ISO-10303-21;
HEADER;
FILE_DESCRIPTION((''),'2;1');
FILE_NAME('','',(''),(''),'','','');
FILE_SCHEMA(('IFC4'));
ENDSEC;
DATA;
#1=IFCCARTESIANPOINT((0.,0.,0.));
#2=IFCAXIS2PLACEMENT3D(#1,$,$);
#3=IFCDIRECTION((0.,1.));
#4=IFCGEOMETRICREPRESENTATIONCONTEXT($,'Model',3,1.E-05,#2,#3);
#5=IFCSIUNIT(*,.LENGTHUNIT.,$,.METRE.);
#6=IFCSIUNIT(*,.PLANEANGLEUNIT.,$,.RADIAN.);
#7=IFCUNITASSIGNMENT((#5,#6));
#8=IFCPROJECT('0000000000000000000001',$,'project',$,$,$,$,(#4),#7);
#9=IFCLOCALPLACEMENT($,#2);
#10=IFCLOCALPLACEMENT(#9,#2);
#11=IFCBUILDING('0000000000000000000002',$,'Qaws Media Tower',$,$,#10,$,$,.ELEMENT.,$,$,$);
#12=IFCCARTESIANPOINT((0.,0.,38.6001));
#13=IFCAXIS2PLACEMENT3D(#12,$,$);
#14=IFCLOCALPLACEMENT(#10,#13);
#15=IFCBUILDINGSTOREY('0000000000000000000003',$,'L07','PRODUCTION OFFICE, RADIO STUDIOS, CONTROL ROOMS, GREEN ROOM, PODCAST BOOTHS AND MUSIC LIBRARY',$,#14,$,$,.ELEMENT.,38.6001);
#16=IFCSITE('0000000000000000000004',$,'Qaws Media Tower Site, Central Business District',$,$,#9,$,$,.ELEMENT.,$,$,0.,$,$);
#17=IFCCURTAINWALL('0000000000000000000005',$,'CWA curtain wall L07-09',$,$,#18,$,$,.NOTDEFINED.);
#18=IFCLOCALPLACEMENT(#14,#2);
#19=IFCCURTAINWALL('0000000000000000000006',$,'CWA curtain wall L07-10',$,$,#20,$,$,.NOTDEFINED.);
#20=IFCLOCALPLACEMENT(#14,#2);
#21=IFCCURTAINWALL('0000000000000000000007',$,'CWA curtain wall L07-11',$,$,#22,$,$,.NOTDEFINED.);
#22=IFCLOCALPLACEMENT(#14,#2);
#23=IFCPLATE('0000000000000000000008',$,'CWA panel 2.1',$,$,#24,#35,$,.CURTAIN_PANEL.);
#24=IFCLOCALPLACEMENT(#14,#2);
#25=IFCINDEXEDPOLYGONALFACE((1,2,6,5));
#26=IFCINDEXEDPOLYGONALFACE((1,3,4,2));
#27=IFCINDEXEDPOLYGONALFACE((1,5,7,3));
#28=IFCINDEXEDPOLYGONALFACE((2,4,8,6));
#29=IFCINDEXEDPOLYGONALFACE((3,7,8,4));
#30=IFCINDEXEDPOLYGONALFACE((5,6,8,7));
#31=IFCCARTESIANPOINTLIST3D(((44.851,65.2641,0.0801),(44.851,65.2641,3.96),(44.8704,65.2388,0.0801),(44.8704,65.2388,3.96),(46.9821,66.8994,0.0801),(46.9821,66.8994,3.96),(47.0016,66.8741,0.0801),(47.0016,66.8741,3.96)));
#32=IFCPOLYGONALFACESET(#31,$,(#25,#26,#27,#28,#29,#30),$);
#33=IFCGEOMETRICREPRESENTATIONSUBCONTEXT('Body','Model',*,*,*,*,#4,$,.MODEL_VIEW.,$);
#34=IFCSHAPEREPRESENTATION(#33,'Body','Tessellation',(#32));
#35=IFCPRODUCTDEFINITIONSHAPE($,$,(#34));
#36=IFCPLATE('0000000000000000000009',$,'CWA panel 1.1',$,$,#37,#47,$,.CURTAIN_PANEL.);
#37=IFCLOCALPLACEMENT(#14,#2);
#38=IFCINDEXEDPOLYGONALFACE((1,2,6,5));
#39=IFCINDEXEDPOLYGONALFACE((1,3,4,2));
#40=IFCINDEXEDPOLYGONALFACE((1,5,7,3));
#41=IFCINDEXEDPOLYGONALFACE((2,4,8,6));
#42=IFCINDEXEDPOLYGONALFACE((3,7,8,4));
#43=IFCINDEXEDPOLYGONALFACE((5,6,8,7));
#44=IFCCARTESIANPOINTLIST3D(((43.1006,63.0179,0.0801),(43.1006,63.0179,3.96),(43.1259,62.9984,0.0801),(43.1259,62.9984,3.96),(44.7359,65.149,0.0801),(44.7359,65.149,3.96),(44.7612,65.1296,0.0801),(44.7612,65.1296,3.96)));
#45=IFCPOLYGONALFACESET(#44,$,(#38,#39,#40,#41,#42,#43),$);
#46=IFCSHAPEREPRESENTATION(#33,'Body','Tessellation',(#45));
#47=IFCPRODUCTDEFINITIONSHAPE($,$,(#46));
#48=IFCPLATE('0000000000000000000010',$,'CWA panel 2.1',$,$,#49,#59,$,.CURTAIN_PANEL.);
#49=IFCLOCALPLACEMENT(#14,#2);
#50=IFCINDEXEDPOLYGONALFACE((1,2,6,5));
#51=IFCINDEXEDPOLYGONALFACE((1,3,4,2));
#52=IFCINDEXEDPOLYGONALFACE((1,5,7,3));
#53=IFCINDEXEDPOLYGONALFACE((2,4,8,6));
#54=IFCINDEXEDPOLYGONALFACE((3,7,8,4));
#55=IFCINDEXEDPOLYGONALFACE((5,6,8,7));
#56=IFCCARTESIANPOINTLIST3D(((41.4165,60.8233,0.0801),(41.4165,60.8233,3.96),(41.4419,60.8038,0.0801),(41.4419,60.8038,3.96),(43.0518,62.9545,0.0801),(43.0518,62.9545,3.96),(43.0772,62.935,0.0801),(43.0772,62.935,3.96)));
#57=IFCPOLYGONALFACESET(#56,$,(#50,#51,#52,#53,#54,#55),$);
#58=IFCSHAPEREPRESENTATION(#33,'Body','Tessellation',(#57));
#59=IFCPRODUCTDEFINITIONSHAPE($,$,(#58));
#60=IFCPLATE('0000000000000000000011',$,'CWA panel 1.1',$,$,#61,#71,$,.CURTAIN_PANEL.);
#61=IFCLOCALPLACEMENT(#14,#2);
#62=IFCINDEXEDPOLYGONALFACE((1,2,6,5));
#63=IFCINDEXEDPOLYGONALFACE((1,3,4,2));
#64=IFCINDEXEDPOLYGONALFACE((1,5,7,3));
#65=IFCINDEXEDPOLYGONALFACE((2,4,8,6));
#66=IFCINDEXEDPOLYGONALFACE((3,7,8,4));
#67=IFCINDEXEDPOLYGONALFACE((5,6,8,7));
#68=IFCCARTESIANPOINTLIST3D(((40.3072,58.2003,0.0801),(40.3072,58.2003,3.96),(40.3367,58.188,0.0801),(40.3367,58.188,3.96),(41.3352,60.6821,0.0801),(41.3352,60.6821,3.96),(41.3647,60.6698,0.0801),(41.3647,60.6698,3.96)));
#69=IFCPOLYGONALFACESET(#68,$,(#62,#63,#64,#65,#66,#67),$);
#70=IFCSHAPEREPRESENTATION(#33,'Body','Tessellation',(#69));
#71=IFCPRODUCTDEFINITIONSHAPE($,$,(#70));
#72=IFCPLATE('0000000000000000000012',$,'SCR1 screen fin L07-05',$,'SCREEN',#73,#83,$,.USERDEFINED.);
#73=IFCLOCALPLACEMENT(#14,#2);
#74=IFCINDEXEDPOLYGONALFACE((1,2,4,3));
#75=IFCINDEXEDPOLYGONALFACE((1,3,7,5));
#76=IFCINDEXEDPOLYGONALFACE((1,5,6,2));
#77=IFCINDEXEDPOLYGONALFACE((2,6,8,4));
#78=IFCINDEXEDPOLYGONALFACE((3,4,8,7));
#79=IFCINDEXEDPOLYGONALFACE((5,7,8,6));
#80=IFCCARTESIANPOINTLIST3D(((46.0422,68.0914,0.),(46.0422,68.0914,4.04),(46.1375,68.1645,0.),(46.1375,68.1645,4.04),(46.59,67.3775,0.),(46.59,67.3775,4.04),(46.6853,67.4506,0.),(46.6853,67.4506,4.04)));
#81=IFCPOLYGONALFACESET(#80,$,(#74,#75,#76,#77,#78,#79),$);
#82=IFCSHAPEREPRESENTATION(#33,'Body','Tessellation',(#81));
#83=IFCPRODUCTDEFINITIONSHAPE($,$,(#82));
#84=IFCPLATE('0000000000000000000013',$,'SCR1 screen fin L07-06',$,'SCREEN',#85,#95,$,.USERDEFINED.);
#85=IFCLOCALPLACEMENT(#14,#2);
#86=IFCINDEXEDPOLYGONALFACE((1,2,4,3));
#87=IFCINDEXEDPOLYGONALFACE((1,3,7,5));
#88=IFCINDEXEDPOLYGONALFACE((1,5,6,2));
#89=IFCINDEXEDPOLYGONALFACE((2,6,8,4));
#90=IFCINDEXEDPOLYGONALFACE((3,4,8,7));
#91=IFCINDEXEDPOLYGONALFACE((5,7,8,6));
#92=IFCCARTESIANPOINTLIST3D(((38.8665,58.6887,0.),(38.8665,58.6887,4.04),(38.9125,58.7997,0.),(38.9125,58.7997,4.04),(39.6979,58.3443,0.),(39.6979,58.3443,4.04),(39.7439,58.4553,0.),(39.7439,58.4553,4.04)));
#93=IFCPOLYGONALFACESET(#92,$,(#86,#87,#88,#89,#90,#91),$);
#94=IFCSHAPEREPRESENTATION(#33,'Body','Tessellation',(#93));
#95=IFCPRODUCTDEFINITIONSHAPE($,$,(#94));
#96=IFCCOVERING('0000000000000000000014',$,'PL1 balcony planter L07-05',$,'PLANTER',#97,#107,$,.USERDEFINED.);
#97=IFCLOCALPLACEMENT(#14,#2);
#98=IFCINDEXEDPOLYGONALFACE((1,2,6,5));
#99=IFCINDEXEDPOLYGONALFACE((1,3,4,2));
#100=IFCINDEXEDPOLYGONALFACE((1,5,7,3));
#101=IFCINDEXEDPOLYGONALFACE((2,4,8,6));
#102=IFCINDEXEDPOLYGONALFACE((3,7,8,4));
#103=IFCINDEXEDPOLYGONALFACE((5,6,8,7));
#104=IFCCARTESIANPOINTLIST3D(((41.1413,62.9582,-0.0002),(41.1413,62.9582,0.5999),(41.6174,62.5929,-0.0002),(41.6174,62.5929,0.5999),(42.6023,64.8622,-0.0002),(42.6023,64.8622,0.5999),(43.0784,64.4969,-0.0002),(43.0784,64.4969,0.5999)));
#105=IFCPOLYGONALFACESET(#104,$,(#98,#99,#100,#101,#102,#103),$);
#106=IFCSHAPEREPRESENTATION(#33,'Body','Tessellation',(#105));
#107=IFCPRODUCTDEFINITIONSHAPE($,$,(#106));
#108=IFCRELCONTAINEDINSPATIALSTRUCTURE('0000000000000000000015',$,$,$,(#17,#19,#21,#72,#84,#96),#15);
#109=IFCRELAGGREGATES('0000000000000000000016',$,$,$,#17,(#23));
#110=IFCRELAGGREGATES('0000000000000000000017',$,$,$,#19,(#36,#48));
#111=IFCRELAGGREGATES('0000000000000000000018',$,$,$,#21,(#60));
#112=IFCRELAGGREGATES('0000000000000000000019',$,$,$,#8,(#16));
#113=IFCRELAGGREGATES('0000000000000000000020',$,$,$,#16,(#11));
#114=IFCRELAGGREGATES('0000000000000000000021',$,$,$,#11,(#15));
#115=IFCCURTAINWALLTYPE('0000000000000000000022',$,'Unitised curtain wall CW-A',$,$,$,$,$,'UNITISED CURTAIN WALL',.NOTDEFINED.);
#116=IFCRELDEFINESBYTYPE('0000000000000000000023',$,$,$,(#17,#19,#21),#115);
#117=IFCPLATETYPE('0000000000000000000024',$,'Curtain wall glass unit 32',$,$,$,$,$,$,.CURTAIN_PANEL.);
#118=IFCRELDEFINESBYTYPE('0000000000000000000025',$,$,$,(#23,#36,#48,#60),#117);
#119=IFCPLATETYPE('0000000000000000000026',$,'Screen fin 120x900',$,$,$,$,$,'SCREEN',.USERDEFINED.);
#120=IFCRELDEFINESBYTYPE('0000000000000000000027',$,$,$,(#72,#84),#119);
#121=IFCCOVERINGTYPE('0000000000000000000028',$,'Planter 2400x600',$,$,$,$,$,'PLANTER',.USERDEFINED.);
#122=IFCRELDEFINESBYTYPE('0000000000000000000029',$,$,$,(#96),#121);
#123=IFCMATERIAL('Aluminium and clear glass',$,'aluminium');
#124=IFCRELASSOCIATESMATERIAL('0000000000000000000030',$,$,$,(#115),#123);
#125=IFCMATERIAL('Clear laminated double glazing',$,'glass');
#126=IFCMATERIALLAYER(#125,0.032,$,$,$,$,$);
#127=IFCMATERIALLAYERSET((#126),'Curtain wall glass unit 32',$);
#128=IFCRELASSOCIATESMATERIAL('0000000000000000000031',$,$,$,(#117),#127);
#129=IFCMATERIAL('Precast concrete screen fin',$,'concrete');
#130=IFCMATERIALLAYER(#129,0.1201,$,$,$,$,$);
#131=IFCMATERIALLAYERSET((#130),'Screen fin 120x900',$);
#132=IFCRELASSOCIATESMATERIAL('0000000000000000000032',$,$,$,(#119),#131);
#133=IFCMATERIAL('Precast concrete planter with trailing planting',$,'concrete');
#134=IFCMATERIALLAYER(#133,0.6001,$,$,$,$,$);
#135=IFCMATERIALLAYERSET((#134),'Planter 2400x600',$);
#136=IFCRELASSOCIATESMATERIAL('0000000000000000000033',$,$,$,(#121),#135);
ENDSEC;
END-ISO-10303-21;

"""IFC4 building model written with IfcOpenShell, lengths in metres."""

from ifc_helpers import new_model, si_unit, direction, frame, origin, origin_2d, place, context, subcontext, project, spatial, rectangle, extrude, material, layer, layer_set, type_object, element, aggregate, save


model = new_model("IFC4")

# Units and contexts
model_context = context("Model", 3, precision=1e-05, world=origin(), true_north=direction((0.0, 1.0)))
body_context = subcontext(model_context, "Body", "Model", "MODEL_VIEW")
ifc_project = project(units=[si_unit("LENGTHUNIT", "METRE"), si_unit("PLANEANGLEUNIT", "RADIAN")], contexts=[model_context])

# Site, building, storey
site_placement = place(None, origin())
site = spatial("IfcSite", under=ifc_project, at=site_placement, Name="Qaws Media Tower Site, Central Business District", CompositionType="ELEMENT", RefElevation=0.0)
building_placement = place(site_placement, origin())
building = spatial("IfcBuilding", under=site, at=building_placement, Name="Qaws Media Tower", CompositionType="ELEMENT")
storey_placement = place(building_placement, frame((0.0, 0.0, 38.6001)))
storey = spatial("IfcBuildingStorey", under=building, at=storey_placement, Name="L07", Description="PRODUCTION OFFICE, RADIO STUDIOS, CONTROL ROOMS, GREEN ROOM, PODCAST BOOTHS AND MUSIC LIBRARY", CompositionType="ELEMENT", Elevation=38.6001)

# Curtain wall
ifc_material_1 = material(Name="Aluminium and clear glass", Category="aluminium")
curtain_wall_type = type_object("IfcCurtainWallType", Name="Unitised curtain wall CW-A", ElementType="UNITISED CURTAIN WALL", PredefinedType="NOTDEFINED", material=ifc_material_1)
curtain_wall_1_placement = place(storey_placement, origin())
curtain_wall_1 = element("IfcCurtainWall", 1, at=curtain_wall_1_placement, inside=storey, type_object=curtain_wall_type, Name="CWA curtain wall L07-09", PredefinedType="NOTDEFINED")

# Curtain walls
curtain_wall_2_placement = place(storey_placement, origin())
curtain_wall_2 = element("IfcCurtainWall", 2, at=curtain_wall_2_placement, inside=storey, type_object=curtain_wall_type, Name="CWA curtain wall L07-10", PredefinedType="NOTDEFINED")
curtain_wall_3_placement = place(storey_placement, origin())
curtain_wall_3 = element("IfcCurtainWall", 3, at=curtain_wall_3_placement, inside=storey, type_object=curtain_wall_type, Name="CWA curtain wall L07-11", PredefinedType="NOTDEFINED")

# Plates
ifc_material_2 = material(Name="Clear laminated double glazing", Category="glass")
ifc_layer_1 = layer(ifc_material_2, 0.032)
ifc_layer_set_1 = layer_set([ifc_layer_1], Name="Curtain wall glass unit 32")
plate_type_1 = type_object("IfcPlateType", Name="Curtain wall glass unit 32", PredefinedType="CURTAIN_PANEL", material=ifc_layer_set_1)
plate_1_placement = place(storey_placement, frame((45.9263, 66.0691, 0.0801), z_axis=(0.0, 0.0, 1.0), x_axis=(-0.793353, -0.608761, 0.0)))
plate_1 = element("IfcPlate", 4, at=plate_1_placement, type_object=plate_type_1, Name="CWA panel 2.1", PredefinedType="CURTAIN_PANEL", context=body_context, shape_type="SweptSolid", body=[
    extrude(rectangle(XDim=2.6863, YDim=0.032, at=origin_2d()), origin(), (0.0, 0.0, 1.0), 3.8799),
])
aggregate(curtain_wall_1, [plate_1])
plate_2_placement = place(storey_placement, frame((43.9309, 64.0737, 0.0801), z_axis=(0.0, 0.0, 1.0), x_axis=(-0.608761, -0.793353, 0.0)))
plate_2 = element("IfcPlate", 5, at=plate_2_placement, type_object=plate_type_1, Name="CWA panel 1.1", PredefinedType="CURTAIN_PANEL", context=body_context, shape_type="SweptSolid", body=[
    extrude(rectangle(XDim=2.6863, YDim=0.032, at=origin_2d()), origin(), (0.0, 0.0, 1.0), 3.8799),
])
plate_3_placement = place(storey_placement, frame((42.2468, 61.8792, 0.0801), z_axis=(0.0, 0.0, 1.0), x_axis=(-0.608761, -0.793353, 0.0)))
plate_3 = element("IfcPlate", 6, at=plate_3_placement, type_object=plate_type_1, Name="CWA panel 2.1", PredefinedType="CURTAIN_PANEL", context=body_context, shape_type="SweptSolid", body=[
    extrude(rectangle(XDim=2.6863, YDim=0.032, at=origin_2d()), origin(), (0.0, 0.0, 1.0), 3.8799),
])
aggregate(curtain_wall_2, [plate_2, plate_3])
plate_4_placement = place(storey_placement, frame((40.8359, 59.4351, 0.0801), z_axis=(0.0, 0.0, 1.0), x_axis=(-0.382683, -0.92388, 0.0)))
plate_4 = element("IfcPlate", 7, at=plate_4_placement, type_object=plate_type_1, Name="CWA panel 1.1", PredefinedType="CURTAIN_PANEL", context=body_context, shape_type="SweptSolid", body=[
    extrude(rectangle(XDim=2.6863, YDim=0.032, at=origin_2d()), origin(), (0.0, 0.0, 1.0), 3.8799),
])
aggregate(curtain_wall_3, [plate_4])

# Plates
ifc_material_3 = material(Name="Precast concrete screen fin", Category="concrete")
ifc_layer_2 = layer(ifc_material_3, 0.1201)
ifc_layer_set_2 = layer_set([ifc_layer_2], Name="Screen fin 120x900")
plate_type_2 = type_object("IfcPlateType", Name="Screen fin 120x900", ElementType="SCREEN", PredefinedType="USERDEFINED", material=ifc_layer_set_2)
for number, where, z_axis, x_axis, name in (
    (8, (46.3638, 67.771, 0.0), (0.0, 0.0, 1.0), (-0.608761, 0.793353, 0.0), "SCR1 screen fin L07-05"),
    (9, (39.3052, 58.572, 0.0), (0.0, 0.0, 1.0), (-0.92388, 0.382683, 0.0), "SCR1 screen fin L07-06"),
):
    element("IfcPlate", number, at=place(storey_placement, frame(where, z_axis=z_axis, x_axis=x_axis)), inside=storey, type_object=plate_type_2, Name=name, ObjectType="SCREEN", PredefinedType="USERDEFINED", context=body_context, shape_type="SweptSolid", body=[
        extrude(rectangle(XDim=0.8999, YDim=0.1201, at=origin_2d()), origin(), (0.0, 0.0, 1.0), 4.04),
    ])

# Covering
ifc_material_4 = material(Name="Precast concrete planter with trailing planting", Category="concrete")
ifc_layer_3 = layer(ifc_material_4, 0.6001)
ifc_layer_set_3 = layer_set([ifc_layer_3], Name="Planter 2400x600")
covering_type = type_object("IfcCoveringType", Name="Planter 2400x600", ElementType="PLANTER", PredefinedType="USERDEFINED", material=ifc_layer_set_3)
covering_placement = place(storey_placement, frame((42.1099, 63.7275, -0.0002), z_axis=(0.0, 0.0, 1.0), x_axis=(-0.608761, -0.793353, 0.0)))
element("IfcCovering", 10, at=covering_placement, inside=storey, type_object=covering_type, Name="PL1 balcony planter L07-05", ObjectType="PLANTER", PredefinedType="USERDEFINED", context=body_context, shape_type="SweptSolid", body=[
    extrude(rectangle(XDim=2.3999, YDim=0.6001, at=origin_2d()), origin(), (0.0, 0.0, 1.0), 0.6001),
])

save(model, "model.ifc")
